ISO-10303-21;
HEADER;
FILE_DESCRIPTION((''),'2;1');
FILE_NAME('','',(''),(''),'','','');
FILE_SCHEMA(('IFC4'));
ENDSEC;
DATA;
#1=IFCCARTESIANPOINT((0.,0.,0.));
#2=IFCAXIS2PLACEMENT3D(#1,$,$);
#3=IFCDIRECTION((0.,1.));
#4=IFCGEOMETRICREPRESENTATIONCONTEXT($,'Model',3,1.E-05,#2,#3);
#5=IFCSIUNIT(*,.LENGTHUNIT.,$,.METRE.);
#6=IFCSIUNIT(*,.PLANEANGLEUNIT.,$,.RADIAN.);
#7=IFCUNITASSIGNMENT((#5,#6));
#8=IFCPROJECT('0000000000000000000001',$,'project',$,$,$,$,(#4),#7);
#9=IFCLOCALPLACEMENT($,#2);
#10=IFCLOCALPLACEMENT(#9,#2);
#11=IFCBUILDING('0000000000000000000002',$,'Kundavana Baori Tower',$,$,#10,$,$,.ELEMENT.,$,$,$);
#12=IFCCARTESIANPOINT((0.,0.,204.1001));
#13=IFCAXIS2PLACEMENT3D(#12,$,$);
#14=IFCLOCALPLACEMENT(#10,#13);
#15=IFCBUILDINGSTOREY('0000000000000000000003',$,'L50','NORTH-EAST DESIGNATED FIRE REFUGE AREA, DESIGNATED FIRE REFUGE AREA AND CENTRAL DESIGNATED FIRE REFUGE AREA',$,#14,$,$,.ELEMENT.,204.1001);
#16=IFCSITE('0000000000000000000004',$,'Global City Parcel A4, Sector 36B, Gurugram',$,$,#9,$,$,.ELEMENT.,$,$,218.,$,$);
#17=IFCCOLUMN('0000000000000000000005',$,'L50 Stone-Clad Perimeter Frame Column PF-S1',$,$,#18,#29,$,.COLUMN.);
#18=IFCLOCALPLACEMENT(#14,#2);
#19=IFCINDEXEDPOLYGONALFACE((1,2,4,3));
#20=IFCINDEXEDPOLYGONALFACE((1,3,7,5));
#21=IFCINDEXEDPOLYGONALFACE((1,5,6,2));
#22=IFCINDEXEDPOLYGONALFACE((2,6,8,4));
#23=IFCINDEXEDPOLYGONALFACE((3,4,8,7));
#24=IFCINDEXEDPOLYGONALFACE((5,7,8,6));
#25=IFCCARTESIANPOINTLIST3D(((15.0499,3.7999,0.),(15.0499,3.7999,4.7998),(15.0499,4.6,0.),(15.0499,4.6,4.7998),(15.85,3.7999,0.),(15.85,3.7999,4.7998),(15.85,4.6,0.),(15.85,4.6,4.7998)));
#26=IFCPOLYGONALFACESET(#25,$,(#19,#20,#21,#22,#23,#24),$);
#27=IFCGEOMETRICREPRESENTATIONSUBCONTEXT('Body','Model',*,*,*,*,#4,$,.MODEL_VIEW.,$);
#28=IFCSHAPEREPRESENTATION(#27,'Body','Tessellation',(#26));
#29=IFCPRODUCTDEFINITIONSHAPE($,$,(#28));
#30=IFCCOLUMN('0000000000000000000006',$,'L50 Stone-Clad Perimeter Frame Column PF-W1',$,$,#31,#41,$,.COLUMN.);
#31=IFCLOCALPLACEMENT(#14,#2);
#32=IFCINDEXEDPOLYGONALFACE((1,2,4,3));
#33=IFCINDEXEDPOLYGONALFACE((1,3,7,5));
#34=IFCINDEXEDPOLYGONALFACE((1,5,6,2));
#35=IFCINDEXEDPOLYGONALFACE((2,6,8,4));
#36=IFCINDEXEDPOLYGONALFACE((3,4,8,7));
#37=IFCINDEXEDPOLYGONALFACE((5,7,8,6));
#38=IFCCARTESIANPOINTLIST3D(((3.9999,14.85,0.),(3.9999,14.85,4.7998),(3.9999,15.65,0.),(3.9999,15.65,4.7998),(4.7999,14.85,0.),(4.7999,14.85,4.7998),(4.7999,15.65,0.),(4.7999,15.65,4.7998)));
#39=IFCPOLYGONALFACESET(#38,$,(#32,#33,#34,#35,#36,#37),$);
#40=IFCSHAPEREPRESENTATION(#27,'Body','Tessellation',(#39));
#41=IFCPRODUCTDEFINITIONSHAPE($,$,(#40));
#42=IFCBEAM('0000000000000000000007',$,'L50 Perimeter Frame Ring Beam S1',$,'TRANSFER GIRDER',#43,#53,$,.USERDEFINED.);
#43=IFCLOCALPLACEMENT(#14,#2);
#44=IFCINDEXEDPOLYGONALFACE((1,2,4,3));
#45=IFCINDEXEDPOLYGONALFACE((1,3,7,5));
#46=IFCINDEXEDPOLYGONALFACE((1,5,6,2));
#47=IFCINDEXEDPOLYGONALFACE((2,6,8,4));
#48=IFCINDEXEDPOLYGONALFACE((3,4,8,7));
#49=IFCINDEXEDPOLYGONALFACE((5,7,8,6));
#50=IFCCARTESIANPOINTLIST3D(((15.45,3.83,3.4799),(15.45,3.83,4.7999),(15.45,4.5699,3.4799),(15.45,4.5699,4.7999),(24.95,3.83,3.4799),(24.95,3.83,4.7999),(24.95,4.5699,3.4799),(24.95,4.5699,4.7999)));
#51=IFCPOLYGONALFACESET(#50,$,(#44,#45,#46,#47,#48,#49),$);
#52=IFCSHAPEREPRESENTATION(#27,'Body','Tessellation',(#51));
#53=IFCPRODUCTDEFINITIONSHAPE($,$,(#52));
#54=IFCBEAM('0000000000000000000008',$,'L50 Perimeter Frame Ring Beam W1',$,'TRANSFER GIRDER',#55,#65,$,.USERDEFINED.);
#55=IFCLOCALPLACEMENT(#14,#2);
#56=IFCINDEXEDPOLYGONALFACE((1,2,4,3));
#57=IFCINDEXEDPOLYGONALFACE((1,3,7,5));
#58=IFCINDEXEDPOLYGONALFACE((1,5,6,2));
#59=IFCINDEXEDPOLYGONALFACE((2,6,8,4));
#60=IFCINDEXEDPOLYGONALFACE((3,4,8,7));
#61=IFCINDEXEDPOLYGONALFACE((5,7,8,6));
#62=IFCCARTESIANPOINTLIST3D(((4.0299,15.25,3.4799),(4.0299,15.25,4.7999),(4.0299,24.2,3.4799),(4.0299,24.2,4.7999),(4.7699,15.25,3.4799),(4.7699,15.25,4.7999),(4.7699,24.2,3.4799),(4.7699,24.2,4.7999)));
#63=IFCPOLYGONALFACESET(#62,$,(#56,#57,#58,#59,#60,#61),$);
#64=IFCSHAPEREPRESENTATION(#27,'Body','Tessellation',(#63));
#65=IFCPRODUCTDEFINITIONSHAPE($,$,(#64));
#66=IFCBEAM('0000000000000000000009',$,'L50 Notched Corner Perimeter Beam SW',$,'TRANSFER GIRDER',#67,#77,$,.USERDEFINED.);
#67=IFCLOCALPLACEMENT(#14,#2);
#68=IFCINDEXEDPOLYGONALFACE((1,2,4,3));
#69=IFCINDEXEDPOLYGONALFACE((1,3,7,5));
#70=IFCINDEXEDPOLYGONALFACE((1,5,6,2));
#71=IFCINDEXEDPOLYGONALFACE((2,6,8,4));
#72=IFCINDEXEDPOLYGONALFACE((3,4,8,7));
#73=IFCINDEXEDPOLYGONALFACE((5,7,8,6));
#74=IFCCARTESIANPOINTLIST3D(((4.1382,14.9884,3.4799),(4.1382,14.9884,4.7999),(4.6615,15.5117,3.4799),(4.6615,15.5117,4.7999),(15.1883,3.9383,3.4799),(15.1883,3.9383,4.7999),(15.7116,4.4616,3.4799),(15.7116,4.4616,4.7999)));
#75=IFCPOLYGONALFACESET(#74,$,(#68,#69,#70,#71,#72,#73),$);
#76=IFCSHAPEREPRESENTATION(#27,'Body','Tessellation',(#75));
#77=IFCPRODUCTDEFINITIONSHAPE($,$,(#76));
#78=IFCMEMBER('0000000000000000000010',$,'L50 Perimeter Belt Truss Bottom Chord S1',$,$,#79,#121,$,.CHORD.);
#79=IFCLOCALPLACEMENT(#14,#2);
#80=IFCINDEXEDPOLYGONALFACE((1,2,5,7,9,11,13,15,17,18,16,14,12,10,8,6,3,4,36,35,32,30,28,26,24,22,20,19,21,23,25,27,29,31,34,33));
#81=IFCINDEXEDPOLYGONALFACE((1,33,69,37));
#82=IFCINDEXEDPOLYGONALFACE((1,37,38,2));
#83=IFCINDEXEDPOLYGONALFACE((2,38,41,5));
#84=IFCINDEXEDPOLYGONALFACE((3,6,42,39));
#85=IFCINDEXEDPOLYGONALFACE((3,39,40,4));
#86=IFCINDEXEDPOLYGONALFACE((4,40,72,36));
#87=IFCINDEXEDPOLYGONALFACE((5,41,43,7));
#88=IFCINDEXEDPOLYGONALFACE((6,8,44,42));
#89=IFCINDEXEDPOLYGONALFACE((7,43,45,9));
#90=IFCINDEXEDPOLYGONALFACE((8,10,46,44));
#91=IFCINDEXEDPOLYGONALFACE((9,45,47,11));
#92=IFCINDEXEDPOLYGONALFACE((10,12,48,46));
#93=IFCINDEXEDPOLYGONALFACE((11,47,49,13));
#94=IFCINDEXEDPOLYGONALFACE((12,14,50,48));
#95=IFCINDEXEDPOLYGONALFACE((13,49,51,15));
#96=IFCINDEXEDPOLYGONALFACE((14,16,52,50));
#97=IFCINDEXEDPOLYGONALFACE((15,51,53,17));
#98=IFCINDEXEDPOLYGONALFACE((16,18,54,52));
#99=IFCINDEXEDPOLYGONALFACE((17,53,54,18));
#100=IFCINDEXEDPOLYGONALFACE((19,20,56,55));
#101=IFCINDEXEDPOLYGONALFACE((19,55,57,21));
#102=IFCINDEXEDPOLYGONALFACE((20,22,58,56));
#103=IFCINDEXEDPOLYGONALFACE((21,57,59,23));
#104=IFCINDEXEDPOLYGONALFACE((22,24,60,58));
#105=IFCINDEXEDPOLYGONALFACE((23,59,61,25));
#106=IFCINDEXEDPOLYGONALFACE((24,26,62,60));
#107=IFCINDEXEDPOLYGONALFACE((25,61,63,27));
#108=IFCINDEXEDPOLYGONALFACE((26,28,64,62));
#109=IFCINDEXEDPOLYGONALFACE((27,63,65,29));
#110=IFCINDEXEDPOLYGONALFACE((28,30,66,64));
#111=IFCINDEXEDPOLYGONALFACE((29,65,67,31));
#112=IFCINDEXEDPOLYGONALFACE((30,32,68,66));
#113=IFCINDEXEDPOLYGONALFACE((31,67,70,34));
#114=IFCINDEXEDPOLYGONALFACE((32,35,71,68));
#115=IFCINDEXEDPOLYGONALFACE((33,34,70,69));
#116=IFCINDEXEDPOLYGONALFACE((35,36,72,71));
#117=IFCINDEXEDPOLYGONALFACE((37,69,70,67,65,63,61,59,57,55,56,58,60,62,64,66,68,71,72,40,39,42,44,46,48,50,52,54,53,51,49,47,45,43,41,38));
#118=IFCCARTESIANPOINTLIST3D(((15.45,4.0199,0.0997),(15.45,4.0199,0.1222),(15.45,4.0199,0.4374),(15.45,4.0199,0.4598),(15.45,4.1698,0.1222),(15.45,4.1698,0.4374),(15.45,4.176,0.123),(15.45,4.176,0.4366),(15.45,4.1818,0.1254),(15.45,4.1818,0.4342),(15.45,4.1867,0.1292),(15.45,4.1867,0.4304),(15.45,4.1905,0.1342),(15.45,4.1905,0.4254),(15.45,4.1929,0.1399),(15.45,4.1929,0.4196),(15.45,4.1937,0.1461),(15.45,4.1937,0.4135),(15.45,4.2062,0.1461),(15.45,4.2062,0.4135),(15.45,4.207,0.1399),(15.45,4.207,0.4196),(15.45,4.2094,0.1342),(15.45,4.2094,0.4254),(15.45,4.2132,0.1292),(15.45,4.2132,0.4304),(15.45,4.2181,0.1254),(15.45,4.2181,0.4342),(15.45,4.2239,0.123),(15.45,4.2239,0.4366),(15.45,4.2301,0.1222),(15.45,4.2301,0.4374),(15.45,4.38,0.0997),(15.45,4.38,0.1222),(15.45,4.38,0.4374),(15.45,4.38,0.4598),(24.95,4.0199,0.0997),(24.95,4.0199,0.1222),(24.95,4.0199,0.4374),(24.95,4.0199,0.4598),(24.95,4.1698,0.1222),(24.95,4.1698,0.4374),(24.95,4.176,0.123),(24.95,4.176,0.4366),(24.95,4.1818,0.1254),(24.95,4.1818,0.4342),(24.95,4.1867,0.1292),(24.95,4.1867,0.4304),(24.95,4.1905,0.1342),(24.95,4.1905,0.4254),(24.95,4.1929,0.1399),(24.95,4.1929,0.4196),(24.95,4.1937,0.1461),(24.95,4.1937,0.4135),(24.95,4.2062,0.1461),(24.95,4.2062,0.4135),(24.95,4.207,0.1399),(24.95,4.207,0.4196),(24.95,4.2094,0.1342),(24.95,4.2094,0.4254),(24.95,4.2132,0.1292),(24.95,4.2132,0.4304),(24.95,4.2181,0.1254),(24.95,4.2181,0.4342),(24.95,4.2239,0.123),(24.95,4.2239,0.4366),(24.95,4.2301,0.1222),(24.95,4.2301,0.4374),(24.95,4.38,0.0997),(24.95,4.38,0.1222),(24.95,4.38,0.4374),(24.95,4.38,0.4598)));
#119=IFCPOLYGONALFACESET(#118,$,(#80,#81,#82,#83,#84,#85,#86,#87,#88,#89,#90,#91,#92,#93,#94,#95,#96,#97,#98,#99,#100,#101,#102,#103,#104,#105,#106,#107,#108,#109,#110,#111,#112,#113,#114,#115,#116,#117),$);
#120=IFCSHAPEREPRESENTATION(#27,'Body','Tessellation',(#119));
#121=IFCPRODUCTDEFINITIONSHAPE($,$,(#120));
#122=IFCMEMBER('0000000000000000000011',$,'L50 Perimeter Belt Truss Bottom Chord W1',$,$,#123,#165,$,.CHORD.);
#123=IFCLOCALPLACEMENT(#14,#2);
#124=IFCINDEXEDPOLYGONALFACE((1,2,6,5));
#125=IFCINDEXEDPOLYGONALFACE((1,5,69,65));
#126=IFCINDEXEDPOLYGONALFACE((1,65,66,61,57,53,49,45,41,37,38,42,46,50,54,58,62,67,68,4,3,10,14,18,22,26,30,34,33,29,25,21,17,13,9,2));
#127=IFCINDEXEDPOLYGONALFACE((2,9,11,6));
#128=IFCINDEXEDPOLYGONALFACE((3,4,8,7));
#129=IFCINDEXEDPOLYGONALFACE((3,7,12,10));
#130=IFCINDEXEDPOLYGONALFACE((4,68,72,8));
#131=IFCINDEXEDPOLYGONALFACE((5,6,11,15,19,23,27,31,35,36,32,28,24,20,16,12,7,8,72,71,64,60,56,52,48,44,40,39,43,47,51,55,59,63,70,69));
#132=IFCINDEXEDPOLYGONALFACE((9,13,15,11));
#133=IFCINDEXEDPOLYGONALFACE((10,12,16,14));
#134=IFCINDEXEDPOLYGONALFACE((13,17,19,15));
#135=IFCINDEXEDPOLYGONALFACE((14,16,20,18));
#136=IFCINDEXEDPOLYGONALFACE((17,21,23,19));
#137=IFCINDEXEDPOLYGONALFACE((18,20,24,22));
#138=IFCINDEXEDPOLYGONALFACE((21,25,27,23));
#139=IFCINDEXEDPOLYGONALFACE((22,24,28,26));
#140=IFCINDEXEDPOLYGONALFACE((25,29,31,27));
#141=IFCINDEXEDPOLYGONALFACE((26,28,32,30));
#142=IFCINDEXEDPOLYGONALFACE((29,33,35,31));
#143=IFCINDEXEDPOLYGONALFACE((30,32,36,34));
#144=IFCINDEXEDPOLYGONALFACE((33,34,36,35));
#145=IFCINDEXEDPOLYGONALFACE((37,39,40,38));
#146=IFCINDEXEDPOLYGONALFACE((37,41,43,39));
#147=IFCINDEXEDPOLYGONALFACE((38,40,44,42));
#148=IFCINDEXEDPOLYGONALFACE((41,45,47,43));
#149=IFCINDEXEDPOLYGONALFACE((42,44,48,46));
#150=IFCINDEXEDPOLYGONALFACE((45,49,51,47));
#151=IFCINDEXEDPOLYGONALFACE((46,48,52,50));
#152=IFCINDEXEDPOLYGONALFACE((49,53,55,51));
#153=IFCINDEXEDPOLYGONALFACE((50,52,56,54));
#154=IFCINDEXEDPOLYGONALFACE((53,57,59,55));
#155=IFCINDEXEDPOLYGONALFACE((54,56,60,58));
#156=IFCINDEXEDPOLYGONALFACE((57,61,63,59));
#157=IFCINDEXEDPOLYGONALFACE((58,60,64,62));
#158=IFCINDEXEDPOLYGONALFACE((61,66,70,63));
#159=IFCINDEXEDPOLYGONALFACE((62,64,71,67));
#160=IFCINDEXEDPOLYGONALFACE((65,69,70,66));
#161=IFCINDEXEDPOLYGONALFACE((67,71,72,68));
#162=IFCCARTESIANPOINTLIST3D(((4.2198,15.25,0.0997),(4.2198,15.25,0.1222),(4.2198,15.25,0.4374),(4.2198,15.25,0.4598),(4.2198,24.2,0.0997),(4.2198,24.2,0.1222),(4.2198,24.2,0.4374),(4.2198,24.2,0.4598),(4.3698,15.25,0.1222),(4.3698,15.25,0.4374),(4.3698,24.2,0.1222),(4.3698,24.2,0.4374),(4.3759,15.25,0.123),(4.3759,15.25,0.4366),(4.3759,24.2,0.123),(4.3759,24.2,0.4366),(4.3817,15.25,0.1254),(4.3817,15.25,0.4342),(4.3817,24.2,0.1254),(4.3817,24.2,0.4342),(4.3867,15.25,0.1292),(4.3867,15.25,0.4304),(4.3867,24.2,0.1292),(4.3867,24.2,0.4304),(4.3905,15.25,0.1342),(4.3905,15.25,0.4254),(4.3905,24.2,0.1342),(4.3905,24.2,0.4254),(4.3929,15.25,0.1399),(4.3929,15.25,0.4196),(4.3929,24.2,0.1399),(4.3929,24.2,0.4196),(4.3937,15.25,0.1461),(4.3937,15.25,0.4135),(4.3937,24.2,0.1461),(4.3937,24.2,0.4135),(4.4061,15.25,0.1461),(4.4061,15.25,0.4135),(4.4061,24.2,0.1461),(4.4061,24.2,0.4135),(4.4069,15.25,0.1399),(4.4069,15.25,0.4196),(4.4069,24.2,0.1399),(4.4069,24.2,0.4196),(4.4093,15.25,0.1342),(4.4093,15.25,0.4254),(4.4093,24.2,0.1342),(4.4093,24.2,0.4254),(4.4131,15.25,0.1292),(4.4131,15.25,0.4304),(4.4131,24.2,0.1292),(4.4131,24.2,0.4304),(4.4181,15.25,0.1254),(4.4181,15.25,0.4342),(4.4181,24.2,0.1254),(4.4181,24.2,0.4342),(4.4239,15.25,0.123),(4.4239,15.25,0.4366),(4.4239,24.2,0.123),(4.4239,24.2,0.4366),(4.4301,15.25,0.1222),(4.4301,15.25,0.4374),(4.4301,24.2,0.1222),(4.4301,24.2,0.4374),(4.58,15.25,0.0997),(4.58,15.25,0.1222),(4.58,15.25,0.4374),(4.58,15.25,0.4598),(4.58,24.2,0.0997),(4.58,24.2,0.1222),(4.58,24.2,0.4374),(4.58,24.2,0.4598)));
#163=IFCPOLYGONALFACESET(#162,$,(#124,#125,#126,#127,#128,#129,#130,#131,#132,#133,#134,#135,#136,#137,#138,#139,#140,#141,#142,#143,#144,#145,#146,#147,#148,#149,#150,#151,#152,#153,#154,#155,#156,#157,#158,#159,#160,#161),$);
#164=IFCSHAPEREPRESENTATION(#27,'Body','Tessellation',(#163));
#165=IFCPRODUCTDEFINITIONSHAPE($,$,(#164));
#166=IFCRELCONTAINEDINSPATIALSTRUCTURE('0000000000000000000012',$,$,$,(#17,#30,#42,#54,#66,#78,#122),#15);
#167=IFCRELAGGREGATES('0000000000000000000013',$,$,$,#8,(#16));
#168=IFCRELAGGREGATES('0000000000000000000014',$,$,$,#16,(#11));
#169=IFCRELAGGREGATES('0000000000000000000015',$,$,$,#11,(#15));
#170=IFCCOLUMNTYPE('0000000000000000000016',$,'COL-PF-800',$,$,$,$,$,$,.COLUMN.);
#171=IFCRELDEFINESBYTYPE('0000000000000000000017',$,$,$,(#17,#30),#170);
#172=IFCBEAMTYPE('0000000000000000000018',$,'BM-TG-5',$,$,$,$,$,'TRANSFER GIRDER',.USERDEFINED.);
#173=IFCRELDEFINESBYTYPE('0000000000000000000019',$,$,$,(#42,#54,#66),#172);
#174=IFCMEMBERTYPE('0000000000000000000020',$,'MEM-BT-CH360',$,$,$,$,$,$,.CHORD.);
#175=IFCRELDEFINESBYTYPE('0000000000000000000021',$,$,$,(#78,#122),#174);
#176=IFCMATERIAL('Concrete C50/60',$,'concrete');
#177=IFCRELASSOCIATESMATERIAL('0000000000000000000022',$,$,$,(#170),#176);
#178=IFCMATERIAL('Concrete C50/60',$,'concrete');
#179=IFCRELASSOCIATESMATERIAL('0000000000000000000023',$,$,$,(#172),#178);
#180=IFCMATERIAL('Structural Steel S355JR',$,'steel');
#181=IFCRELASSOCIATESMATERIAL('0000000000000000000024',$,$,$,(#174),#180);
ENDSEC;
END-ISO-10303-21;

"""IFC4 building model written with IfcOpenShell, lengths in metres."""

from ifc_helpers import new_model, si_unit, direction, frame, origin, origin_2d, place, context, subcontext, project, spatial, rectangle, i_section, extrude, material, material_profile, profile_set, type_object, element, save


model = new_model("IFC4")

# Units and contexts
model_context = context("Model", 3, precision=1e-05, world=origin(), true_north=direction((0.0, 1.0)))
body_context = subcontext(model_context, "Body", "Model", "MODEL_VIEW")
ifc_project = project(units=[si_unit("LENGTHUNIT", "METRE"), si_unit("PLANEANGLEUNIT", "RADIAN")], contexts=[model_context])

# Site, building, storey
site_placement = place(None, origin())
site = spatial("IfcSite", under=ifc_project, at=site_placement, Name="Global City Parcel A4, Sector 36B, Gurugram", CompositionType="ELEMENT", RefElevation=218.0)
building_placement = place(site_placement, origin())
building = spatial("IfcBuilding", under=site, at=building_placement, Name="Kundavana Baori Tower", CompositionType="ELEMENT")
storey_placement = place(building_placement, frame((0.0, 0.0, 204.1001)))
storey = spatial("IfcBuildingStorey", under=building, at=storey_placement, Name="L50", Description="NORTH-EAST DESIGNATED FIRE REFUGE AREA, DESIGNATED FIRE REFUGE AREA AND CENTRAL DESIGNATED FIRE REFUGE AREA", CompositionType="ELEMENT", Elevation=204.1001)

# Columns
ifc_material_1 = material(Name="Concrete C50/60", Category="concrete")
ifc_material_profile_1 = material_profile(ifc_material_1, rectangle(XDim=0.8, YDim=0.8, at=origin_2d()), Name="RC PF 800x800")
ifc_profile_set_1 = profile_set([ifc_material_profile_1], Name="Concrete C50/60")
column_type = type_object("IfcColumnType", Name="COL-PF-800", PredefinedType="COLUMN", material=ifc_profile_set_1)
for number, where, z_axis, x_axis, name in (
    (1, (15.45, 4.2, 0.0), (0.0, 0.0, 1.0), (1.0, 0.0, 0.0), "L50 Stone-Clad Perimeter Frame Column PF-S1"),
    (2, (4.3999, 15.25, 0.0), (0.0, 0.0, 1.0), (1.0, 0.0, 0.0), "L50 Stone-Clad Perimeter Frame Column PF-W1"),
):
    element("IfcColumn", number, at=place(storey_placement, frame(where, z_axis=z_axis, x_axis=x_axis)), inside=storey, type_object=column_type, Name=name, PredefinedType="COLUMN", context=body_context, shape_type="SweptSolid", body=[
        extrude(rectangle(XDim=0.8, YDim=0.8, at=origin_2d()), origin(), (0.0, 0.0, 1.0), 4.7998),
    ])

# Beams
ifc_material_2 = material(Name="Concrete C50/60", Category="concrete")
ifc_material_profile_2 = material_profile(ifc_material_2, rectangle(XDim=0.74, YDim=1.3201, at=origin_2d()), Name="BM-TG-5")
ifc_profile_set_2 = profile_set([ifc_material_profile_2], Name="Concrete C50/60")
beam_type = type_object("IfcBeamType", Name="BM-TG-5", ElementType="TRANSFER GIRDER", PredefinedType="USERDEFINED", material=ifc_profile_set_2)
beam_1_placement = place(storey_placement, frame((15.45, 4.2, 4.1399), z_axis=(1.0, 0.0, 0.0), x_axis=(0.0, 1.0, 0.0)))
element("IfcBeam", 3, at=beam_1_placement, inside=storey, type_object=beam_type, Name="L50 Perimeter Frame Ring Beam S1", ObjectType="TRANSFER GIRDER", PredefinedType="USERDEFINED", context=body_context, shape_type="SweptSolid", body=[
    extrude(rectangle(XDim=0.74, YDim=1.3201, at=origin_2d()), origin(), (0.0, 0.0, 1.0), 9.5),
])
beam_2_placement = place(storey_placement, frame((4.3999, 15.25, 4.1399), z_axis=(0.0, 1.0, 0.0), x_axis=(-1.0, 0.0, 0.0)))
element("IfcBeam", 4, at=beam_2_placement, inside=storey, type_object=beam_type, Name="L50 Perimeter Frame Ring Beam W1", ObjectType="TRANSFER GIRDER", PredefinedType="USERDEFINED", context=body_context, shape_type="SweptSolid", body=[
    extrude(rectangle(XDim=0.74, YDim=1.3201, at=origin_2d()), origin(), (0.0, 0.0, 1.0), 8.95),
])
beam_3_placement = place(storey_placement, frame((15.45, 4.2, 4.1399), z_axis=(-0.707107, 0.707107, 0.0), x_axis=(-0.707107, -0.707107, 0.0)))
element("IfcBeam", 5, at=beam_3_placement, inside=storey, type_object=beam_type, Name="L50 Notched Corner Perimeter Beam SW", ObjectType="TRANSFER GIRDER", PredefinedType="USERDEFINED", context=body_context, shape_type="SweptSolid", body=[
    extrude(rectangle(XDim=0.74, YDim=1.3201, at=origin_2d()), origin(), (0.0, 0.0, 1.0), 15.6272),
])

# Members
ifc_material_3 = material(Name="Structural Steel S355JR", Category="steel")
ifc_material_profile_3 = material_profile(ifc_material_3, i_section(OverallWidth=0.3601, OverallDepth=0.3601, WebThickness=0.0125, FlangeThickness=0.0225, FilletRadius=0.0239, at=origin_2d()), Name="WPB 360x360x142")
ifc_profile_set_3 = profile_set([ifc_material_profile_3], Name="Structural Steel S355JR")
member_type_1 = type_object("IfcMemberType", Name="MEM-BT-CH360", PredefinedType="CHORD", material=ifc_profile_set_3)
member_1_placement = place(storey_placement, frame((15.45, 4.2, 0.2798), z_axis=(1.0, 0.0, 0.0), x_axis=(0.0, 1.0, 0.0)))
element("IfcMember", 6, at=member_1_placement, inside=storey, type_object=member_type_1, Name="L50 Perimeter Belt Truss Bottom Chord S1", PredefinedType="CHORD", context=body_context, shape_type="SweptSolid", body=[
    extrude(i_section(OverallWidth=0.3601, OverallDepth=0.3601, WebThickness=0.0125, FlangeThickness=0.0225, FilletRadius=0.0239, at=origin_2d()), origin(), (0.0, 0.0, 1.0), 9.5),
])
member_2_placement = place(storey_placement, frame((4.3999, 15.25, 0.2798), z_axis=(0.0, 1.0, 0.0), x_axis=(-1.0, 0.0, 0.0)))
element("IfcMember", 7, at=member_2_placement, inside=storey, type_object=member_type_1, Name="L50 Perimeter Belt Truss Bottom Chord W1", PredefinedType="CHORD", context=body_context, shape_type="SweptSolid", body=[
    extrude(i_section(OverallWidth=0.3601, OverallDepth=0.3601, WebThickness=0.0125, FlangeThickness=0.0225, FilletRadius=0.0239, at=origin_2d()), origin(), (0.0, 0.0, 1.0), 8.95),
])

save(model, "model.ifc")
